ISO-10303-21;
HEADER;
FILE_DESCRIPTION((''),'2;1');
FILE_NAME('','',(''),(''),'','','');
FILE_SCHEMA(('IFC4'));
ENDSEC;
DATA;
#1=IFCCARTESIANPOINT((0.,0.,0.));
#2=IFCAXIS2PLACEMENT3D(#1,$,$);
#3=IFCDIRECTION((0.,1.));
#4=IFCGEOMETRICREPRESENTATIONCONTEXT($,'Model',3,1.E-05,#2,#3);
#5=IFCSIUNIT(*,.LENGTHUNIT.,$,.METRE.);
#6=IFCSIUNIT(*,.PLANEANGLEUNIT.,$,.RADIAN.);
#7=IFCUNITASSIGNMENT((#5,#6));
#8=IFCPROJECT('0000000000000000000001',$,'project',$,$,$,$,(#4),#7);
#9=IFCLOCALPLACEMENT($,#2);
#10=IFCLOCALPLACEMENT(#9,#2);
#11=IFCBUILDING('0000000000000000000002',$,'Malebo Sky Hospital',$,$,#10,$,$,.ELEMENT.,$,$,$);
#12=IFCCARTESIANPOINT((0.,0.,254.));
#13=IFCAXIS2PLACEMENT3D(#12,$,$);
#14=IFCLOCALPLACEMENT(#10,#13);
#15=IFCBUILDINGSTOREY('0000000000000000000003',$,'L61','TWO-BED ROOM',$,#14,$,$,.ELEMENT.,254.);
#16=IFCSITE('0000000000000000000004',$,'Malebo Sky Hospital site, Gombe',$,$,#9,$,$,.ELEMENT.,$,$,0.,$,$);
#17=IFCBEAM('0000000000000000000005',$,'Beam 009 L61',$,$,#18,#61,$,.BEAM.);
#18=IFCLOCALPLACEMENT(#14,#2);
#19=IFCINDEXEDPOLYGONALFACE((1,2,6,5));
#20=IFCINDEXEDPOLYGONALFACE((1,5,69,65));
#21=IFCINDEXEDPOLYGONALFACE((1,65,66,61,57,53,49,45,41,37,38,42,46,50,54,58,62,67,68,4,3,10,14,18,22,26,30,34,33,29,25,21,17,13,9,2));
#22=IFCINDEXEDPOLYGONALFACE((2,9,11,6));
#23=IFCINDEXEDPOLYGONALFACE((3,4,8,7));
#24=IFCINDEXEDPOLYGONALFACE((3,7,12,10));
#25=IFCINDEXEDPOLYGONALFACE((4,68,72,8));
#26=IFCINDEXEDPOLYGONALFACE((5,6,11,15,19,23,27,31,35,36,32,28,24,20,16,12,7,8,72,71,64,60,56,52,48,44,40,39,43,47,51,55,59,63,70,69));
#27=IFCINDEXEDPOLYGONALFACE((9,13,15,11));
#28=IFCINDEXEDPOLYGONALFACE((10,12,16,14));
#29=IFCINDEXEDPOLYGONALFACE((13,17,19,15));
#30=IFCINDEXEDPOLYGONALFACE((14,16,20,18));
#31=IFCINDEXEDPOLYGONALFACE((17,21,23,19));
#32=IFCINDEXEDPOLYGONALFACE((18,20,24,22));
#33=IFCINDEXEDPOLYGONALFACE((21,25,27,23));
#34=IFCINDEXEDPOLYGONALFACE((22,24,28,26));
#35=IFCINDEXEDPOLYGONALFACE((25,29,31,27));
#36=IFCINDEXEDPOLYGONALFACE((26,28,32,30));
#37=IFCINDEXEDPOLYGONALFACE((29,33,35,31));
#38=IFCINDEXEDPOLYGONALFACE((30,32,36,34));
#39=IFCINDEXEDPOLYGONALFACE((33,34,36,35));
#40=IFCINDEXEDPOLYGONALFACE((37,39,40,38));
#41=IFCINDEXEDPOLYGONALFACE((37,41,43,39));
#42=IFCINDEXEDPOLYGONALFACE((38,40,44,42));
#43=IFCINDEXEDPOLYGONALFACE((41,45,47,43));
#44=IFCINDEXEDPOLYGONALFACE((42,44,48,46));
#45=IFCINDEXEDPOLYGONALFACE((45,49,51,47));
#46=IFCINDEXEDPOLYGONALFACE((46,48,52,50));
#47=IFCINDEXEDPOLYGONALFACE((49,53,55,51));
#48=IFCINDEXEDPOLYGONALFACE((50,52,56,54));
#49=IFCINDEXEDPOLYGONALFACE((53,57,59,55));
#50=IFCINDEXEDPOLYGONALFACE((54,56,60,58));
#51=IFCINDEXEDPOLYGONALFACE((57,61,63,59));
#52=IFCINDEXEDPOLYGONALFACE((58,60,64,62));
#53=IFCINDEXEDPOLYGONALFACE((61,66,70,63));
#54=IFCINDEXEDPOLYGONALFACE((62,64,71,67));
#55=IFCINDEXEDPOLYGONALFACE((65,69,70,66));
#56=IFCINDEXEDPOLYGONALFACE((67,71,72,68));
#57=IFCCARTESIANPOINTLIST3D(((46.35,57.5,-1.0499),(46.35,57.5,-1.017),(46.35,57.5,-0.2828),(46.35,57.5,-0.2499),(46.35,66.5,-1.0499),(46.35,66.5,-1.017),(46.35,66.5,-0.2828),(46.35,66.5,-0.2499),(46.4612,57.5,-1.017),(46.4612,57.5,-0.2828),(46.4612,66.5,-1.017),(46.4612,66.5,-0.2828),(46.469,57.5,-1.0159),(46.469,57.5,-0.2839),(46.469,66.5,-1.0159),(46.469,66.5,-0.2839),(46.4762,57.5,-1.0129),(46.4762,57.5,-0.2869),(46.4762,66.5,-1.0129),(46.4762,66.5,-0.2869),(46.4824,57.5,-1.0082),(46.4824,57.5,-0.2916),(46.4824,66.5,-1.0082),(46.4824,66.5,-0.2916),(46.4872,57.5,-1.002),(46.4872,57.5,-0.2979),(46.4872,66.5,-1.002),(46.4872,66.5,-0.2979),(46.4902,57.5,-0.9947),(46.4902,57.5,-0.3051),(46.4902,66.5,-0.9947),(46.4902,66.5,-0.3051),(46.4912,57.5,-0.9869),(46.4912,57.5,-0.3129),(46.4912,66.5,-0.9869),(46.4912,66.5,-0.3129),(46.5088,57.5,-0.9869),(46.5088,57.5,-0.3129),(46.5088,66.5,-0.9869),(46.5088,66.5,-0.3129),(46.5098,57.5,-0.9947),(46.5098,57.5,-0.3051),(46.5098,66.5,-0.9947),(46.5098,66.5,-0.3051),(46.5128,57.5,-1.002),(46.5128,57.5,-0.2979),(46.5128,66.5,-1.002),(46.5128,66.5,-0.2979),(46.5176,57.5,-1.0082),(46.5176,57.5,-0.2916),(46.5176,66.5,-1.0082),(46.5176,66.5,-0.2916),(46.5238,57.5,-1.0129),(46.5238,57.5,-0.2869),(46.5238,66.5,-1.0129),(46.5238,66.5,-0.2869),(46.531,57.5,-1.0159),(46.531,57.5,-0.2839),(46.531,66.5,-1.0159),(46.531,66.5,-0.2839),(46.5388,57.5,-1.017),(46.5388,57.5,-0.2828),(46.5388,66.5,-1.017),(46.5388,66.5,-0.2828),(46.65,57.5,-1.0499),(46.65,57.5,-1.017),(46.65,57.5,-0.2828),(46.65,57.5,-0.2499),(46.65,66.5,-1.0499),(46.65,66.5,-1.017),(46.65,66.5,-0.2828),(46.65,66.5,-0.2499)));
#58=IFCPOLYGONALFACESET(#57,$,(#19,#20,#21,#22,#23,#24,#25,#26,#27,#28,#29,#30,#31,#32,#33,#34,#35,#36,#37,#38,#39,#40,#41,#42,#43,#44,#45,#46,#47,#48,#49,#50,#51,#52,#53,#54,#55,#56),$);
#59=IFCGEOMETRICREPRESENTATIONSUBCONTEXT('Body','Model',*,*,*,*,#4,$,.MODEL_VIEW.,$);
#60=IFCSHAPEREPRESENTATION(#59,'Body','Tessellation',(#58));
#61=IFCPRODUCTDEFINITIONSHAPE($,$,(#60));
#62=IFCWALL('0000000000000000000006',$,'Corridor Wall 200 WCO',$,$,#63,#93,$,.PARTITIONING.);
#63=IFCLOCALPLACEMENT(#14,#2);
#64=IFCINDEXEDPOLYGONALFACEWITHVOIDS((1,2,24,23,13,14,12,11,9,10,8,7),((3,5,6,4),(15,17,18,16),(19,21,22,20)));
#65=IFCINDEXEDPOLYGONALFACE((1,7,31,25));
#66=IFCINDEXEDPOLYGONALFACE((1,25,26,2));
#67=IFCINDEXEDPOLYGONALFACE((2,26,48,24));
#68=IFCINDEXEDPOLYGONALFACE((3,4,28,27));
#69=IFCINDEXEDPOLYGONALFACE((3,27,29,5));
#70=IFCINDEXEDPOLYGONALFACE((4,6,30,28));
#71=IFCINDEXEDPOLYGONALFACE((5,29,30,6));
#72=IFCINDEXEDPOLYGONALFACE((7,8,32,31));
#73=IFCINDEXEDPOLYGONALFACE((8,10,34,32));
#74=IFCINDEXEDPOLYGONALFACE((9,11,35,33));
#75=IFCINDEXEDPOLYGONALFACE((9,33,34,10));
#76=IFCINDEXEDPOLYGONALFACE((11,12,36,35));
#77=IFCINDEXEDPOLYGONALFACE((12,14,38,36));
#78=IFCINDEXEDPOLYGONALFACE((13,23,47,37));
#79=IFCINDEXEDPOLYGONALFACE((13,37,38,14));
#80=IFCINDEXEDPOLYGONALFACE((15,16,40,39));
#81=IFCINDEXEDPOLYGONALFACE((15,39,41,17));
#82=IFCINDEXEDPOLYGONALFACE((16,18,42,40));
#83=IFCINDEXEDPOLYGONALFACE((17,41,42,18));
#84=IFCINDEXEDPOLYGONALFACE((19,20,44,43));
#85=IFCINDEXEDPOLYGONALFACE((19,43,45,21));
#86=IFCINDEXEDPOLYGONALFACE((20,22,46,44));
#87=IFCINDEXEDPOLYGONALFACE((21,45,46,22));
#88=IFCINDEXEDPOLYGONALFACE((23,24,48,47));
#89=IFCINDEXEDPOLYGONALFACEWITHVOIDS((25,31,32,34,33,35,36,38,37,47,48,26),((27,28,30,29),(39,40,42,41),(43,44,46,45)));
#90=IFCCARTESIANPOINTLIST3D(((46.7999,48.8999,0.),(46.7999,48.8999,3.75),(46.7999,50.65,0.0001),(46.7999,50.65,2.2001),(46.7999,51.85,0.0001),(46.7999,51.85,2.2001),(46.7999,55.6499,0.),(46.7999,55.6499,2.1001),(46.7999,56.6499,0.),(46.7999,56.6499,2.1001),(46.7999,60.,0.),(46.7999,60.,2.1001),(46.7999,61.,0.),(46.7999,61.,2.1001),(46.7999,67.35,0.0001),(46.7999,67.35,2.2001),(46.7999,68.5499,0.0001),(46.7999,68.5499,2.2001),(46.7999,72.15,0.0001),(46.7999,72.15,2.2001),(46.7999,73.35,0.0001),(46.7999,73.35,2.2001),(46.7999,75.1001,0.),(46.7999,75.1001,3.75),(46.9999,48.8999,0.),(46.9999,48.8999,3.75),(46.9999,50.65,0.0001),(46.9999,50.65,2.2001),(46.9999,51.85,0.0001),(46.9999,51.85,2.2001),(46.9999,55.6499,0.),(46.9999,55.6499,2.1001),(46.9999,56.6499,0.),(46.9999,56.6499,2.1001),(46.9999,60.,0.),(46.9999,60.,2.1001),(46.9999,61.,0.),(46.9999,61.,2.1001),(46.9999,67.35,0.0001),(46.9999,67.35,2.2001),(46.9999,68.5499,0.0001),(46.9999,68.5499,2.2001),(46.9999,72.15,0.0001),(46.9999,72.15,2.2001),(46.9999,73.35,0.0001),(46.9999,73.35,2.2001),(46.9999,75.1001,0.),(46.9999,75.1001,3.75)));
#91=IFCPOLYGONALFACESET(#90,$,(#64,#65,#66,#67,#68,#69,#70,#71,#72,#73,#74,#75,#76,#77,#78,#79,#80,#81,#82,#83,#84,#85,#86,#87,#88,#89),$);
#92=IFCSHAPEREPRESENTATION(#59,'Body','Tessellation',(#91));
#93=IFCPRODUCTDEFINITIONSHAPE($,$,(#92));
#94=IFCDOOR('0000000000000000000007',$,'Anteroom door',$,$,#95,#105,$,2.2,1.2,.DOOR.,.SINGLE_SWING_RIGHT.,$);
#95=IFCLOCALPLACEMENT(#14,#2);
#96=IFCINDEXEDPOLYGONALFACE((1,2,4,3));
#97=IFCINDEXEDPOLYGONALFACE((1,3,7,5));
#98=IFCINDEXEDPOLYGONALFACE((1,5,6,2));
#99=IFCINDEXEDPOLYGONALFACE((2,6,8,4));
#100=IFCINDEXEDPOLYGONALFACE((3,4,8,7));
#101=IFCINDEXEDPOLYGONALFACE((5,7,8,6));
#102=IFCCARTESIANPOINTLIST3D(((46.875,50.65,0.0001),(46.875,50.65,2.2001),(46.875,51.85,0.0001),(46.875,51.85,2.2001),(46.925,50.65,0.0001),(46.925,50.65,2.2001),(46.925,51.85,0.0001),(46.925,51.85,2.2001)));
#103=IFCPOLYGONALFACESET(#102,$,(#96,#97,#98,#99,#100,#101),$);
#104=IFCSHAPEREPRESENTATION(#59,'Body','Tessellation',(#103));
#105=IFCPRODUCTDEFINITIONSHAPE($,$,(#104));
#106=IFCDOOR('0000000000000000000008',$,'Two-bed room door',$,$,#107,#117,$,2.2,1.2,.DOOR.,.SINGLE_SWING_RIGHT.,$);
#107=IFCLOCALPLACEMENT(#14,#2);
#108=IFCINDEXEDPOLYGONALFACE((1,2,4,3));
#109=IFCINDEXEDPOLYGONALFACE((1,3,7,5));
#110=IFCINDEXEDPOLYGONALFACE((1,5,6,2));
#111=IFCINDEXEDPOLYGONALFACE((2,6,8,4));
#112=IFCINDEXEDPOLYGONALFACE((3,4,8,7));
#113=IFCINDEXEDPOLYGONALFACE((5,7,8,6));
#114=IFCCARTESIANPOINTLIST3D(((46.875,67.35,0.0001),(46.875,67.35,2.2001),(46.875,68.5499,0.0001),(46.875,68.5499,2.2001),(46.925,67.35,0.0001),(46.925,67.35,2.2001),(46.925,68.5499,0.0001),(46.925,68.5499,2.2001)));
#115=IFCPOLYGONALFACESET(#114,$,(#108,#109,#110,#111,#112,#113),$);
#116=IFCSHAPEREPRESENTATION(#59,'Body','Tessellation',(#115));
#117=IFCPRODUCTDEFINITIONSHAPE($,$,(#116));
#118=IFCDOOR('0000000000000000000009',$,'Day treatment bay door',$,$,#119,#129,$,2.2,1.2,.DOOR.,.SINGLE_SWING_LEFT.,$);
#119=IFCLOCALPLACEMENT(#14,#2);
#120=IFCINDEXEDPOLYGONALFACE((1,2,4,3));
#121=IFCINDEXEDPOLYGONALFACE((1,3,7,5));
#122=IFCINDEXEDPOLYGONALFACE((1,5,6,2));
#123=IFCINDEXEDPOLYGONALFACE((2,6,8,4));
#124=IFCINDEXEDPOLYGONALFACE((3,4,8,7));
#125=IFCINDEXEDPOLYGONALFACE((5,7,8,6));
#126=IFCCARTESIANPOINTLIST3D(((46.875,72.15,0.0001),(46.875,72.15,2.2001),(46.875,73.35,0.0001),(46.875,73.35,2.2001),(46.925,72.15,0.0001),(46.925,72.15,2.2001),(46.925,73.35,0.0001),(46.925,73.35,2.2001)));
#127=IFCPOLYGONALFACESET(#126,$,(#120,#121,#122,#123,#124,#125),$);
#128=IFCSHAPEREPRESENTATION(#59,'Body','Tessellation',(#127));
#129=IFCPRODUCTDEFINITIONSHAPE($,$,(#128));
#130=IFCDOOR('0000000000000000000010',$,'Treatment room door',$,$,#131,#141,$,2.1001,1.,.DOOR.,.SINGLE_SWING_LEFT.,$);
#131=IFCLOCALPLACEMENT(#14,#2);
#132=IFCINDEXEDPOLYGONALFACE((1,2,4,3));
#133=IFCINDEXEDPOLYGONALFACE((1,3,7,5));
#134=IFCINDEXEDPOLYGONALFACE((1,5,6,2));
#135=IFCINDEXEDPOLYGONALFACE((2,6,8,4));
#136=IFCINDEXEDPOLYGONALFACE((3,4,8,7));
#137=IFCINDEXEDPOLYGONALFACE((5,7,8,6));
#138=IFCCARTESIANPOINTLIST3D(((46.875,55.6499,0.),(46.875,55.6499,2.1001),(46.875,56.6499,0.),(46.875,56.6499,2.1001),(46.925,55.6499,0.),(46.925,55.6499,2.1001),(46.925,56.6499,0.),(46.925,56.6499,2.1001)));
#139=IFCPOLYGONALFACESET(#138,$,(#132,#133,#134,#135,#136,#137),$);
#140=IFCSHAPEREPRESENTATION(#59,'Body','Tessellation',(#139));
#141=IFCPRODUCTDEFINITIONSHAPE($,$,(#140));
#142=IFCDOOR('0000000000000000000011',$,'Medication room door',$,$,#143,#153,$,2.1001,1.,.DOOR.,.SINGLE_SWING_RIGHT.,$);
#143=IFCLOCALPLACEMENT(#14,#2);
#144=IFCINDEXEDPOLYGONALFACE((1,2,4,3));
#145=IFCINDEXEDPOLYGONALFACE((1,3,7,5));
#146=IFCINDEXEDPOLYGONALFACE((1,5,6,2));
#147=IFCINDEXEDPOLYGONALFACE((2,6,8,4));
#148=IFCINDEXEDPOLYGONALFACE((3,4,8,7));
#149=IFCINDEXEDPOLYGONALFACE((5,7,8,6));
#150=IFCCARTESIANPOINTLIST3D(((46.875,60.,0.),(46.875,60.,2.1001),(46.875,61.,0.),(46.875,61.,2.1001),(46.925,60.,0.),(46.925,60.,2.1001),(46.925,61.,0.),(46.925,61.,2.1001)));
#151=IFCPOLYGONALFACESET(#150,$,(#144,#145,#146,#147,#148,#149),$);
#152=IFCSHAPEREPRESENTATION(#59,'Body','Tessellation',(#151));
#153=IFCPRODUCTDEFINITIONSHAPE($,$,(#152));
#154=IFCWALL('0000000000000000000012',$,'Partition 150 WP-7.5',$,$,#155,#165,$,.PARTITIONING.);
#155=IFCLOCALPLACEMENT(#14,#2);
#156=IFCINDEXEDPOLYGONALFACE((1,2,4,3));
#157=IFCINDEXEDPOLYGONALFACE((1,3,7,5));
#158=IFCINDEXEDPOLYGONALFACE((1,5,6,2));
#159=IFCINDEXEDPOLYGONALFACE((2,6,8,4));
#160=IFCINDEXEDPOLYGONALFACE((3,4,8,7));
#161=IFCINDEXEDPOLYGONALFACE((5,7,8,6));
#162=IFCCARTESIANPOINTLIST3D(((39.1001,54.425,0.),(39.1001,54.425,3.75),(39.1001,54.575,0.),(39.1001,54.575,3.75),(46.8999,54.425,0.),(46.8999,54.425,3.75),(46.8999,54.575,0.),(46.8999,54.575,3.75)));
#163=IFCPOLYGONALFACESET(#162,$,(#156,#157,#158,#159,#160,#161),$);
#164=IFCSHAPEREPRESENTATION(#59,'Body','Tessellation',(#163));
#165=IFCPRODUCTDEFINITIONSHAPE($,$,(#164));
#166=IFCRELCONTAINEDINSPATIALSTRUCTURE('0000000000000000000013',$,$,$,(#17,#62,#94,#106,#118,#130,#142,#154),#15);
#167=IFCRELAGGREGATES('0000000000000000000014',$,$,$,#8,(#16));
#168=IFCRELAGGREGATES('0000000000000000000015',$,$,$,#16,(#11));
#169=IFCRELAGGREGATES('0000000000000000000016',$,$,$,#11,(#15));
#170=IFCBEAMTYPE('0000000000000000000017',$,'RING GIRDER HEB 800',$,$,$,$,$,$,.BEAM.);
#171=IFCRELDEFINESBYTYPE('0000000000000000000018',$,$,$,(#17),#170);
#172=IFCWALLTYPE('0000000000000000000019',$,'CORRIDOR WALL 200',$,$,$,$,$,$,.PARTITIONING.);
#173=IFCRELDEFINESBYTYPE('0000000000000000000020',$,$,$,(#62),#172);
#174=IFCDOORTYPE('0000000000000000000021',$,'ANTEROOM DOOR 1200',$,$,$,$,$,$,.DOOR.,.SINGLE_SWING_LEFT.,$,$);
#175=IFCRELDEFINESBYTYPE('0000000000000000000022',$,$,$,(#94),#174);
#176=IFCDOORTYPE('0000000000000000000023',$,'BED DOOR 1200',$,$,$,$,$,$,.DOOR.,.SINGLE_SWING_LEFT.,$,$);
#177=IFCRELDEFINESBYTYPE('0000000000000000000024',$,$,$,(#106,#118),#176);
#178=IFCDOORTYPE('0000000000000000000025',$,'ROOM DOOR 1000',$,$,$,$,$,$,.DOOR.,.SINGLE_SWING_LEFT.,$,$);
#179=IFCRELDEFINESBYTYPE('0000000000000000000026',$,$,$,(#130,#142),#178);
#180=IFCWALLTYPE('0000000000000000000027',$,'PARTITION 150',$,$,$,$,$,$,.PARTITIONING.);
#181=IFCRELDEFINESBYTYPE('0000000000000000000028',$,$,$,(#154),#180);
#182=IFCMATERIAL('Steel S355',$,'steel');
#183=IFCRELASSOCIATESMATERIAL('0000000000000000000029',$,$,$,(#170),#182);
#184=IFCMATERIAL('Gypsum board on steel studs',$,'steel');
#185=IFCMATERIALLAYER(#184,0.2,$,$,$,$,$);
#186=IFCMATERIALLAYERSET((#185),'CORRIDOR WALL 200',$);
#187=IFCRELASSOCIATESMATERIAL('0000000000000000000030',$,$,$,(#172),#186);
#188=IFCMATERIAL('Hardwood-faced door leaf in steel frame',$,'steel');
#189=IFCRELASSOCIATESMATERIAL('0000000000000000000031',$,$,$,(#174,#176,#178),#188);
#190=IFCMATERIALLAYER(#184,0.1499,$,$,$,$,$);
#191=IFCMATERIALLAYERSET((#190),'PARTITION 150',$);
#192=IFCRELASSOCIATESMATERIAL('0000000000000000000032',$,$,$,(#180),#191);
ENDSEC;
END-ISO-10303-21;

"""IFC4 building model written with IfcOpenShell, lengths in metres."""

from ifc_helpers import new_model, si_unit, direction, frame, frame_2d, origin, origin_2d, place, context, subcontext, project, spatial, rectangle, i_section, extrude, material, layer, layer_set, material_profile, profile_set, type_object, element, fill, save


model = new_model("IFC4")

# Units and contexts
model_context = context("Model", 3, precision=1e-05, world=origin(), true_north=direction((0.0, 1.0)))
body_context = subcontext(model_context, "Body", "Model", "MODEL_VIEW")
ifc_project = project(units=[si_unit("LENGTHUNIT", "METRE"), si_unit("PLANEANGLEUNIT", "RADIAN")], contexts=[model_context])

# Site, building, storey
site_placement = place(None, origin())
site = spatial("IfcSite", under=ifc_project, at=site_placement, Name="Malebo Sky Hospital site, Gombe", CompositionType="ELEMENT", RefElevation=0.0)
building_placement = place(site_placement, origin())
building = spatial("IfcBuilding", under=site, at=building_placement, Name="Malebo Sky Hospital", CompositionType="ELEMENT")
storey_placement = place(building_placement, frame((0.0, 0.0, 254.0)))
storey = spatial("IfcBuildingStorey", under=building, at=storey_placement, Name="L61", Description="TWO-BED ROOM", CompositionType="ELEMENT", Elevation=254.0)

# Beam
ifc_material_1 = material(Name="Steel S355", Category="steel")
ifc_material_profile_1 = material_profile(ifc_material_1, i_section(OverallWidth=0.3, OverallDepth=0.8, WebThickness=0.0176, FlangeThickness=0.033, FilletRadius=0.03, at=origin_2d()), Name="HEB 800")
ifc_profile_set_1 = profile_set([ifc_material_profile_1], Name="Steel S355")
beam_type_1 = type_object("IfcBeamType", Name="RING GIRDER HEB 800", PredefinedType="BEAM", material=ifc_profile_set_1)
beam_1_placement = place(storey_placement, frame((46.5, 57.5, -0.6499), z_axis=(0.0, 1.0, 0.0), x_axis=(-1.0, 0.0, 0.0)))
element("IfcBeam", 1, at=beam_1_placement, inside=storey, type_object=beam_type_1, Name="Beam 009 L61", PredefinedType="BEAM", context=body_context, shape_type="SweptSolid", body=[
    extrude(i_section(OverallWidth=0.3, OverallDepth=0.8, WebThickness=0.0176, FlangeThickness=0.033, FilletRadius=0.03, at=origin_2d()), origin(), (0.0, 0.0, 1.0), 9.0),
])

# Wall, openings, doors
ifc_material_2 = material(Name="Gypsum board on steel studs", Category="steel")
ifc_layer_1 = layer(ifc_material_2, 0.2)
ifc_layer_set_1 = layer_set([ifc_layer_1], Name="CORRIDOR WALL 200")
wall_type_1 = type_object("IfcWallType", Name="CORRIDOR WALL 200", PredefinedType="PARTITIONING", material=ifc_layer_set_1)
wall_1_placement = place(storey_placement, frame((46.8999, 48.8999, 0.0), z_axis=(0.0, 0.0, 1.0), x_axis=(0.0, 1.0, 0.0)))
wall_1 = element("IfcWall", 2, at=wall_1_placement, inside=storey, type_object=wall_type_1, Name="Corridor Wall 200 WCO", PredefinedType="PARTITIONING", context=body_context, shape_type="SweptSolid", body=[
    extrude(rectangle(XDim=26.2002, YDim=0.2, at=frame_2d((13.1001, 0.0))), origin(), (0.0, 0.0, 1.0), 3.75),
])
opening_1_placement = place(wall_1_placement, frame((1.75, 0.0, 0.0)))
opening_1 = element("IfcOpeningElement", 3, at=opening_1_placement, cuts=wall_1, PredefinedType="OPENING", context=body_context, shape_type="SweptSolid", body=[
    extrude(rectangle(XDim=1.2, YDim=2.2, at=frame_2d((0.6001, 1.1001))), frame((0.0, 0.1099, 0.0), z_axis=(0.0, -1.0, 0.0), x_axis=(1.0, 0.0, 0.0)), (0.0, 0.0, 1.0), 0.22),
])
opening_2_placement = place(wall_1_placement, frame((6.75, 0.0, 0.0)))
opening_2 = element("IfcOpeningElement", 4, at=opening_2_placement, cuts=wall_1, PredefinedType="OPENING", context=body_context, shape_type="SweptSolid", body=[
    extrude(rectangle(XDim=1.0, YDim=2.1001, at=frame_2d((0.5, 1.05))), frame((0.0, 0.1099, 0.0), z_axis=(0.0, -1.0, 0.0), x_axis=(1.0, 0.0, 0.0)), (0.0, 0.0, 1.0), 0.22),
])
opening_3_placement = place(wall_1_placement, frame((11.1001, 0.0, 0.0)))
opening_3 = element("IfcOpeningElement", 5, at=opening_3_placement, cuts=wall_1, PredefinedType="OPENING", context=body_context, shape_type="SweptSolid", body=[
    extrude(rectangle(XDim=1.0, YDim=2.1001, at=frame_2d((0.5, 1.05))), frame((0.0, 0.1099, 0.0), z_axis=(0.0, -1.0, 0.0), x_axis=(1.0, 0.0, 0.0)), (0.0, 0.0, 1.0), 0.22),
])
opening_4_placement = place(wall_1_placement, frame((18.45, 0.0, 0.0)))
opening_4 = element("IfcOpeningElement", 6, at=opening_4_placement, cuts=wall_1, PredefinedType="OPENING", context=body_context, shape_type="SweptSolid", body=[
    extrude(rectangle(XDim=1.2, YDim=2.2, at=frame_2d((0.6001, 1.1001))), frame((0.0, 0.1099, 0.0), z_axis=(0.0, -1.0, 0.0), x_axis=(1.0, 0.0, 0.0)), (0.0, 0.0, 1.0), 0.22),
])
opening_5_placement = place(wall_1_placement, frame((23.25, 0.0, 0.0)))
opening_5 = element("IfcOpeningElement", 7, at=opening_5_placement, cuts=wall_1, PredefinedType="OPENING", context=body_context, shape_type="SweptSolid", body=[
    extrude(rectangle(XDim=1.2, YDim=2.2, at=frame_2d((0.6001, 1.1001))), frame((0.0, 0.1099, 0.0), z_axis=(0.0, -1.0, 0.0), x_axis=(1.0, 0.0, 0.0)), (0.0, 0.0, 1.0), 0.22),
])
ifc_material_3 = material(Name="Hardwood-faced door leaf in steel frame", Category="steel")
door_type_1 = type_object("IfcDoorType", Name="ANTEROOM DOOR 1200", OperationType="SINGLE_SWING_LEFT", PredefinedType="DOOR", material=ifc_material_3)
door_1_placement = place(opening_1_placement, origin())
door_1 = element("IfcDoor", 8, at=door_1_placement, inside=storey, type_object=door_type_1, Name="Anteroom door", OperationType="SINGLE_SWING_RIGHT", OverallHeight=2.2, OverallWidth=1.2, PredefinedType="DOOR", context=body_context, shape_type="SweptSolid", body=[
    extrude(rectangle(XDim=1.2, YDim=2.2, at=frame_2d((0.6001, 1.1001))), frame((0.0, 0.0249, 0.0), z_axis=(0.0, -1.0, 0.0), x_axis=(1.0, 0.0, 0.0)), (0.0, 0.0, 1.0), 0.05),
])
fill(opening_1, door_1)
door_type_2 = type_object("IfcDoorType", Name="BED DOOR 1200", OperationType="SINGLE_SWING_LEFT", PredefinedType="DOOR", material=ifc_material_3)
door_2_placement = place(opening_4_placement, origin())
door_2 = element("IfcDoor", 9, at=door_2_placement, inside=storey, type_object=door_type_2, Name="Two-bed room door", OperationType="SINGLE_SWING_RIGHT", OverallHeight=2.2, OverallWidth=1.2, PredefinedType="DOOR", context=body_context, shape_type="SweptSolid", body=[
    extrude(rectangle(XDim=1.2, YDim=2.2, at=frame_2d((0.6001, 1.1001))), frame((0.0, 0.0249, 0.0), z_axis=(0.0, -1.0, 0.0), x_axis=(1.0, 0.0, 0.0)), (0.0, 0.0, 1.0), 0.05),
])
fill(opening_4, door_2)
door_3_placement = place(opening_5_placement, origin())
door_3 = element("IfcDoor", 10, at=door_3_placement, inside=storey, type_object=door_type_2, Name="Day treatment bay door", OperationType="SINGLE_SWING_LEFT", OverallHeight=2.2, OverallWidth=1.2, PredefinedType="DOOR", context=body_context, shape_type="SweptSolid", body=[
    extrude(rectangle(XDim=1.2, YDim=2.2, at=frame_2d((0.6001, 1.1001))), frame((0.0, 0.0249, 0.0), z_axis=(0.0, -1.0, 0.0), x_axis=(1.0, 0.0, 0.0)), (0.0, 0.0, 1.0), 0.05),
])
fill(opening_5, door_3)
door_type_3 = type_object("IfcDoorType", Name="ROOM DOOR 1000", OperationType="SINGLE_SWING_LEFT", PredefinedType="DOOR", material=ifc_material_3)
door_4_placement = place(opening_2_placement, origin())
door_4 = element("IfcDoor", 11, at=door_4_placement, inside=storey, type_object=door_type_3, Name="Treatment room door", OperationType="SINGLE_SWING_LEFT", OverallHeight=2.1001, OverallWidth=1.0, PredefinedType="DOOR", context=body_context, shape_type="SweptSolid", body=[
    extrude(rectangle(XDim=1.0, YDim=2.1001, at=frame_2d((0.5, 1.05))), frame((0.0, 0.0249, 0.0), z_axis=(0.0, -1.0, 0.0), x_axis=(1.0, 0.0, 0.0)), (0.0, 0.0, 1.0), 0.05),
])
fill(opening_2, door_4)
door_5_placement = place(opening_3_placement, origin())
door_5 = element("IfcDoor", 12, at=door_5_placement, inside=storey, type_object=door_type_3, Name="Medication room door", OperationType="SINGLE_SWING_RIGHT", OverallHeight=2.1001, OverallWidth=1.0, PredefinedType="DOOR", context=body_context, shape_type="SweptSolid", body=[
    extrude(rectangle(XDim=1.0, YDim=2.1001, at=frame_2d((0.5, 1.05))), frame((0.0, 0.0249, 0.0), z_axis=(0.0, -1.0, 0.0), x_axis=(1.0, 0.0, 0.0)), (0.0, 0.0, 1.0), 0.05),
])
fill(opening_3, door_5)

# Wall
ifc_layer_2 = layer(ifc_material_2, 0.1499)
ifc_layer_set_2 = layer_set([ifc_layer_2], Name="PARTITION 150")
wall_type_2 = type_object("IfcWallType", Name="PARTITION 150", PredefinedType="PARTITIONING", material=ifc_layer_set_2)
for number, where, z_axis, x_axis, name in (
    (13, (46.8999, 54.5, 0.0), (0.0, 0.0, 1.0), (-1.0, 0.0, 0.0), "Partition 150 WP-7.5"),
):
    element("IfcWall", number, at=place(storey_placement, frame(where, z_axis=z_axis, x_axis=x_axis)), inside=storey, type_object=wall_type_2, Name=name, PredefinedType="PARTITIONING", context=body_context, shape_type="SweptSolid", body=[
        extrude(rectangle(XDim=7.7998, YDim=0.1499, at=frame_2d((3.8999, 0.0))), origin(), (0.0, 0.0, 1.0), 3.75),
    ])

save(model, "model.ifc")
